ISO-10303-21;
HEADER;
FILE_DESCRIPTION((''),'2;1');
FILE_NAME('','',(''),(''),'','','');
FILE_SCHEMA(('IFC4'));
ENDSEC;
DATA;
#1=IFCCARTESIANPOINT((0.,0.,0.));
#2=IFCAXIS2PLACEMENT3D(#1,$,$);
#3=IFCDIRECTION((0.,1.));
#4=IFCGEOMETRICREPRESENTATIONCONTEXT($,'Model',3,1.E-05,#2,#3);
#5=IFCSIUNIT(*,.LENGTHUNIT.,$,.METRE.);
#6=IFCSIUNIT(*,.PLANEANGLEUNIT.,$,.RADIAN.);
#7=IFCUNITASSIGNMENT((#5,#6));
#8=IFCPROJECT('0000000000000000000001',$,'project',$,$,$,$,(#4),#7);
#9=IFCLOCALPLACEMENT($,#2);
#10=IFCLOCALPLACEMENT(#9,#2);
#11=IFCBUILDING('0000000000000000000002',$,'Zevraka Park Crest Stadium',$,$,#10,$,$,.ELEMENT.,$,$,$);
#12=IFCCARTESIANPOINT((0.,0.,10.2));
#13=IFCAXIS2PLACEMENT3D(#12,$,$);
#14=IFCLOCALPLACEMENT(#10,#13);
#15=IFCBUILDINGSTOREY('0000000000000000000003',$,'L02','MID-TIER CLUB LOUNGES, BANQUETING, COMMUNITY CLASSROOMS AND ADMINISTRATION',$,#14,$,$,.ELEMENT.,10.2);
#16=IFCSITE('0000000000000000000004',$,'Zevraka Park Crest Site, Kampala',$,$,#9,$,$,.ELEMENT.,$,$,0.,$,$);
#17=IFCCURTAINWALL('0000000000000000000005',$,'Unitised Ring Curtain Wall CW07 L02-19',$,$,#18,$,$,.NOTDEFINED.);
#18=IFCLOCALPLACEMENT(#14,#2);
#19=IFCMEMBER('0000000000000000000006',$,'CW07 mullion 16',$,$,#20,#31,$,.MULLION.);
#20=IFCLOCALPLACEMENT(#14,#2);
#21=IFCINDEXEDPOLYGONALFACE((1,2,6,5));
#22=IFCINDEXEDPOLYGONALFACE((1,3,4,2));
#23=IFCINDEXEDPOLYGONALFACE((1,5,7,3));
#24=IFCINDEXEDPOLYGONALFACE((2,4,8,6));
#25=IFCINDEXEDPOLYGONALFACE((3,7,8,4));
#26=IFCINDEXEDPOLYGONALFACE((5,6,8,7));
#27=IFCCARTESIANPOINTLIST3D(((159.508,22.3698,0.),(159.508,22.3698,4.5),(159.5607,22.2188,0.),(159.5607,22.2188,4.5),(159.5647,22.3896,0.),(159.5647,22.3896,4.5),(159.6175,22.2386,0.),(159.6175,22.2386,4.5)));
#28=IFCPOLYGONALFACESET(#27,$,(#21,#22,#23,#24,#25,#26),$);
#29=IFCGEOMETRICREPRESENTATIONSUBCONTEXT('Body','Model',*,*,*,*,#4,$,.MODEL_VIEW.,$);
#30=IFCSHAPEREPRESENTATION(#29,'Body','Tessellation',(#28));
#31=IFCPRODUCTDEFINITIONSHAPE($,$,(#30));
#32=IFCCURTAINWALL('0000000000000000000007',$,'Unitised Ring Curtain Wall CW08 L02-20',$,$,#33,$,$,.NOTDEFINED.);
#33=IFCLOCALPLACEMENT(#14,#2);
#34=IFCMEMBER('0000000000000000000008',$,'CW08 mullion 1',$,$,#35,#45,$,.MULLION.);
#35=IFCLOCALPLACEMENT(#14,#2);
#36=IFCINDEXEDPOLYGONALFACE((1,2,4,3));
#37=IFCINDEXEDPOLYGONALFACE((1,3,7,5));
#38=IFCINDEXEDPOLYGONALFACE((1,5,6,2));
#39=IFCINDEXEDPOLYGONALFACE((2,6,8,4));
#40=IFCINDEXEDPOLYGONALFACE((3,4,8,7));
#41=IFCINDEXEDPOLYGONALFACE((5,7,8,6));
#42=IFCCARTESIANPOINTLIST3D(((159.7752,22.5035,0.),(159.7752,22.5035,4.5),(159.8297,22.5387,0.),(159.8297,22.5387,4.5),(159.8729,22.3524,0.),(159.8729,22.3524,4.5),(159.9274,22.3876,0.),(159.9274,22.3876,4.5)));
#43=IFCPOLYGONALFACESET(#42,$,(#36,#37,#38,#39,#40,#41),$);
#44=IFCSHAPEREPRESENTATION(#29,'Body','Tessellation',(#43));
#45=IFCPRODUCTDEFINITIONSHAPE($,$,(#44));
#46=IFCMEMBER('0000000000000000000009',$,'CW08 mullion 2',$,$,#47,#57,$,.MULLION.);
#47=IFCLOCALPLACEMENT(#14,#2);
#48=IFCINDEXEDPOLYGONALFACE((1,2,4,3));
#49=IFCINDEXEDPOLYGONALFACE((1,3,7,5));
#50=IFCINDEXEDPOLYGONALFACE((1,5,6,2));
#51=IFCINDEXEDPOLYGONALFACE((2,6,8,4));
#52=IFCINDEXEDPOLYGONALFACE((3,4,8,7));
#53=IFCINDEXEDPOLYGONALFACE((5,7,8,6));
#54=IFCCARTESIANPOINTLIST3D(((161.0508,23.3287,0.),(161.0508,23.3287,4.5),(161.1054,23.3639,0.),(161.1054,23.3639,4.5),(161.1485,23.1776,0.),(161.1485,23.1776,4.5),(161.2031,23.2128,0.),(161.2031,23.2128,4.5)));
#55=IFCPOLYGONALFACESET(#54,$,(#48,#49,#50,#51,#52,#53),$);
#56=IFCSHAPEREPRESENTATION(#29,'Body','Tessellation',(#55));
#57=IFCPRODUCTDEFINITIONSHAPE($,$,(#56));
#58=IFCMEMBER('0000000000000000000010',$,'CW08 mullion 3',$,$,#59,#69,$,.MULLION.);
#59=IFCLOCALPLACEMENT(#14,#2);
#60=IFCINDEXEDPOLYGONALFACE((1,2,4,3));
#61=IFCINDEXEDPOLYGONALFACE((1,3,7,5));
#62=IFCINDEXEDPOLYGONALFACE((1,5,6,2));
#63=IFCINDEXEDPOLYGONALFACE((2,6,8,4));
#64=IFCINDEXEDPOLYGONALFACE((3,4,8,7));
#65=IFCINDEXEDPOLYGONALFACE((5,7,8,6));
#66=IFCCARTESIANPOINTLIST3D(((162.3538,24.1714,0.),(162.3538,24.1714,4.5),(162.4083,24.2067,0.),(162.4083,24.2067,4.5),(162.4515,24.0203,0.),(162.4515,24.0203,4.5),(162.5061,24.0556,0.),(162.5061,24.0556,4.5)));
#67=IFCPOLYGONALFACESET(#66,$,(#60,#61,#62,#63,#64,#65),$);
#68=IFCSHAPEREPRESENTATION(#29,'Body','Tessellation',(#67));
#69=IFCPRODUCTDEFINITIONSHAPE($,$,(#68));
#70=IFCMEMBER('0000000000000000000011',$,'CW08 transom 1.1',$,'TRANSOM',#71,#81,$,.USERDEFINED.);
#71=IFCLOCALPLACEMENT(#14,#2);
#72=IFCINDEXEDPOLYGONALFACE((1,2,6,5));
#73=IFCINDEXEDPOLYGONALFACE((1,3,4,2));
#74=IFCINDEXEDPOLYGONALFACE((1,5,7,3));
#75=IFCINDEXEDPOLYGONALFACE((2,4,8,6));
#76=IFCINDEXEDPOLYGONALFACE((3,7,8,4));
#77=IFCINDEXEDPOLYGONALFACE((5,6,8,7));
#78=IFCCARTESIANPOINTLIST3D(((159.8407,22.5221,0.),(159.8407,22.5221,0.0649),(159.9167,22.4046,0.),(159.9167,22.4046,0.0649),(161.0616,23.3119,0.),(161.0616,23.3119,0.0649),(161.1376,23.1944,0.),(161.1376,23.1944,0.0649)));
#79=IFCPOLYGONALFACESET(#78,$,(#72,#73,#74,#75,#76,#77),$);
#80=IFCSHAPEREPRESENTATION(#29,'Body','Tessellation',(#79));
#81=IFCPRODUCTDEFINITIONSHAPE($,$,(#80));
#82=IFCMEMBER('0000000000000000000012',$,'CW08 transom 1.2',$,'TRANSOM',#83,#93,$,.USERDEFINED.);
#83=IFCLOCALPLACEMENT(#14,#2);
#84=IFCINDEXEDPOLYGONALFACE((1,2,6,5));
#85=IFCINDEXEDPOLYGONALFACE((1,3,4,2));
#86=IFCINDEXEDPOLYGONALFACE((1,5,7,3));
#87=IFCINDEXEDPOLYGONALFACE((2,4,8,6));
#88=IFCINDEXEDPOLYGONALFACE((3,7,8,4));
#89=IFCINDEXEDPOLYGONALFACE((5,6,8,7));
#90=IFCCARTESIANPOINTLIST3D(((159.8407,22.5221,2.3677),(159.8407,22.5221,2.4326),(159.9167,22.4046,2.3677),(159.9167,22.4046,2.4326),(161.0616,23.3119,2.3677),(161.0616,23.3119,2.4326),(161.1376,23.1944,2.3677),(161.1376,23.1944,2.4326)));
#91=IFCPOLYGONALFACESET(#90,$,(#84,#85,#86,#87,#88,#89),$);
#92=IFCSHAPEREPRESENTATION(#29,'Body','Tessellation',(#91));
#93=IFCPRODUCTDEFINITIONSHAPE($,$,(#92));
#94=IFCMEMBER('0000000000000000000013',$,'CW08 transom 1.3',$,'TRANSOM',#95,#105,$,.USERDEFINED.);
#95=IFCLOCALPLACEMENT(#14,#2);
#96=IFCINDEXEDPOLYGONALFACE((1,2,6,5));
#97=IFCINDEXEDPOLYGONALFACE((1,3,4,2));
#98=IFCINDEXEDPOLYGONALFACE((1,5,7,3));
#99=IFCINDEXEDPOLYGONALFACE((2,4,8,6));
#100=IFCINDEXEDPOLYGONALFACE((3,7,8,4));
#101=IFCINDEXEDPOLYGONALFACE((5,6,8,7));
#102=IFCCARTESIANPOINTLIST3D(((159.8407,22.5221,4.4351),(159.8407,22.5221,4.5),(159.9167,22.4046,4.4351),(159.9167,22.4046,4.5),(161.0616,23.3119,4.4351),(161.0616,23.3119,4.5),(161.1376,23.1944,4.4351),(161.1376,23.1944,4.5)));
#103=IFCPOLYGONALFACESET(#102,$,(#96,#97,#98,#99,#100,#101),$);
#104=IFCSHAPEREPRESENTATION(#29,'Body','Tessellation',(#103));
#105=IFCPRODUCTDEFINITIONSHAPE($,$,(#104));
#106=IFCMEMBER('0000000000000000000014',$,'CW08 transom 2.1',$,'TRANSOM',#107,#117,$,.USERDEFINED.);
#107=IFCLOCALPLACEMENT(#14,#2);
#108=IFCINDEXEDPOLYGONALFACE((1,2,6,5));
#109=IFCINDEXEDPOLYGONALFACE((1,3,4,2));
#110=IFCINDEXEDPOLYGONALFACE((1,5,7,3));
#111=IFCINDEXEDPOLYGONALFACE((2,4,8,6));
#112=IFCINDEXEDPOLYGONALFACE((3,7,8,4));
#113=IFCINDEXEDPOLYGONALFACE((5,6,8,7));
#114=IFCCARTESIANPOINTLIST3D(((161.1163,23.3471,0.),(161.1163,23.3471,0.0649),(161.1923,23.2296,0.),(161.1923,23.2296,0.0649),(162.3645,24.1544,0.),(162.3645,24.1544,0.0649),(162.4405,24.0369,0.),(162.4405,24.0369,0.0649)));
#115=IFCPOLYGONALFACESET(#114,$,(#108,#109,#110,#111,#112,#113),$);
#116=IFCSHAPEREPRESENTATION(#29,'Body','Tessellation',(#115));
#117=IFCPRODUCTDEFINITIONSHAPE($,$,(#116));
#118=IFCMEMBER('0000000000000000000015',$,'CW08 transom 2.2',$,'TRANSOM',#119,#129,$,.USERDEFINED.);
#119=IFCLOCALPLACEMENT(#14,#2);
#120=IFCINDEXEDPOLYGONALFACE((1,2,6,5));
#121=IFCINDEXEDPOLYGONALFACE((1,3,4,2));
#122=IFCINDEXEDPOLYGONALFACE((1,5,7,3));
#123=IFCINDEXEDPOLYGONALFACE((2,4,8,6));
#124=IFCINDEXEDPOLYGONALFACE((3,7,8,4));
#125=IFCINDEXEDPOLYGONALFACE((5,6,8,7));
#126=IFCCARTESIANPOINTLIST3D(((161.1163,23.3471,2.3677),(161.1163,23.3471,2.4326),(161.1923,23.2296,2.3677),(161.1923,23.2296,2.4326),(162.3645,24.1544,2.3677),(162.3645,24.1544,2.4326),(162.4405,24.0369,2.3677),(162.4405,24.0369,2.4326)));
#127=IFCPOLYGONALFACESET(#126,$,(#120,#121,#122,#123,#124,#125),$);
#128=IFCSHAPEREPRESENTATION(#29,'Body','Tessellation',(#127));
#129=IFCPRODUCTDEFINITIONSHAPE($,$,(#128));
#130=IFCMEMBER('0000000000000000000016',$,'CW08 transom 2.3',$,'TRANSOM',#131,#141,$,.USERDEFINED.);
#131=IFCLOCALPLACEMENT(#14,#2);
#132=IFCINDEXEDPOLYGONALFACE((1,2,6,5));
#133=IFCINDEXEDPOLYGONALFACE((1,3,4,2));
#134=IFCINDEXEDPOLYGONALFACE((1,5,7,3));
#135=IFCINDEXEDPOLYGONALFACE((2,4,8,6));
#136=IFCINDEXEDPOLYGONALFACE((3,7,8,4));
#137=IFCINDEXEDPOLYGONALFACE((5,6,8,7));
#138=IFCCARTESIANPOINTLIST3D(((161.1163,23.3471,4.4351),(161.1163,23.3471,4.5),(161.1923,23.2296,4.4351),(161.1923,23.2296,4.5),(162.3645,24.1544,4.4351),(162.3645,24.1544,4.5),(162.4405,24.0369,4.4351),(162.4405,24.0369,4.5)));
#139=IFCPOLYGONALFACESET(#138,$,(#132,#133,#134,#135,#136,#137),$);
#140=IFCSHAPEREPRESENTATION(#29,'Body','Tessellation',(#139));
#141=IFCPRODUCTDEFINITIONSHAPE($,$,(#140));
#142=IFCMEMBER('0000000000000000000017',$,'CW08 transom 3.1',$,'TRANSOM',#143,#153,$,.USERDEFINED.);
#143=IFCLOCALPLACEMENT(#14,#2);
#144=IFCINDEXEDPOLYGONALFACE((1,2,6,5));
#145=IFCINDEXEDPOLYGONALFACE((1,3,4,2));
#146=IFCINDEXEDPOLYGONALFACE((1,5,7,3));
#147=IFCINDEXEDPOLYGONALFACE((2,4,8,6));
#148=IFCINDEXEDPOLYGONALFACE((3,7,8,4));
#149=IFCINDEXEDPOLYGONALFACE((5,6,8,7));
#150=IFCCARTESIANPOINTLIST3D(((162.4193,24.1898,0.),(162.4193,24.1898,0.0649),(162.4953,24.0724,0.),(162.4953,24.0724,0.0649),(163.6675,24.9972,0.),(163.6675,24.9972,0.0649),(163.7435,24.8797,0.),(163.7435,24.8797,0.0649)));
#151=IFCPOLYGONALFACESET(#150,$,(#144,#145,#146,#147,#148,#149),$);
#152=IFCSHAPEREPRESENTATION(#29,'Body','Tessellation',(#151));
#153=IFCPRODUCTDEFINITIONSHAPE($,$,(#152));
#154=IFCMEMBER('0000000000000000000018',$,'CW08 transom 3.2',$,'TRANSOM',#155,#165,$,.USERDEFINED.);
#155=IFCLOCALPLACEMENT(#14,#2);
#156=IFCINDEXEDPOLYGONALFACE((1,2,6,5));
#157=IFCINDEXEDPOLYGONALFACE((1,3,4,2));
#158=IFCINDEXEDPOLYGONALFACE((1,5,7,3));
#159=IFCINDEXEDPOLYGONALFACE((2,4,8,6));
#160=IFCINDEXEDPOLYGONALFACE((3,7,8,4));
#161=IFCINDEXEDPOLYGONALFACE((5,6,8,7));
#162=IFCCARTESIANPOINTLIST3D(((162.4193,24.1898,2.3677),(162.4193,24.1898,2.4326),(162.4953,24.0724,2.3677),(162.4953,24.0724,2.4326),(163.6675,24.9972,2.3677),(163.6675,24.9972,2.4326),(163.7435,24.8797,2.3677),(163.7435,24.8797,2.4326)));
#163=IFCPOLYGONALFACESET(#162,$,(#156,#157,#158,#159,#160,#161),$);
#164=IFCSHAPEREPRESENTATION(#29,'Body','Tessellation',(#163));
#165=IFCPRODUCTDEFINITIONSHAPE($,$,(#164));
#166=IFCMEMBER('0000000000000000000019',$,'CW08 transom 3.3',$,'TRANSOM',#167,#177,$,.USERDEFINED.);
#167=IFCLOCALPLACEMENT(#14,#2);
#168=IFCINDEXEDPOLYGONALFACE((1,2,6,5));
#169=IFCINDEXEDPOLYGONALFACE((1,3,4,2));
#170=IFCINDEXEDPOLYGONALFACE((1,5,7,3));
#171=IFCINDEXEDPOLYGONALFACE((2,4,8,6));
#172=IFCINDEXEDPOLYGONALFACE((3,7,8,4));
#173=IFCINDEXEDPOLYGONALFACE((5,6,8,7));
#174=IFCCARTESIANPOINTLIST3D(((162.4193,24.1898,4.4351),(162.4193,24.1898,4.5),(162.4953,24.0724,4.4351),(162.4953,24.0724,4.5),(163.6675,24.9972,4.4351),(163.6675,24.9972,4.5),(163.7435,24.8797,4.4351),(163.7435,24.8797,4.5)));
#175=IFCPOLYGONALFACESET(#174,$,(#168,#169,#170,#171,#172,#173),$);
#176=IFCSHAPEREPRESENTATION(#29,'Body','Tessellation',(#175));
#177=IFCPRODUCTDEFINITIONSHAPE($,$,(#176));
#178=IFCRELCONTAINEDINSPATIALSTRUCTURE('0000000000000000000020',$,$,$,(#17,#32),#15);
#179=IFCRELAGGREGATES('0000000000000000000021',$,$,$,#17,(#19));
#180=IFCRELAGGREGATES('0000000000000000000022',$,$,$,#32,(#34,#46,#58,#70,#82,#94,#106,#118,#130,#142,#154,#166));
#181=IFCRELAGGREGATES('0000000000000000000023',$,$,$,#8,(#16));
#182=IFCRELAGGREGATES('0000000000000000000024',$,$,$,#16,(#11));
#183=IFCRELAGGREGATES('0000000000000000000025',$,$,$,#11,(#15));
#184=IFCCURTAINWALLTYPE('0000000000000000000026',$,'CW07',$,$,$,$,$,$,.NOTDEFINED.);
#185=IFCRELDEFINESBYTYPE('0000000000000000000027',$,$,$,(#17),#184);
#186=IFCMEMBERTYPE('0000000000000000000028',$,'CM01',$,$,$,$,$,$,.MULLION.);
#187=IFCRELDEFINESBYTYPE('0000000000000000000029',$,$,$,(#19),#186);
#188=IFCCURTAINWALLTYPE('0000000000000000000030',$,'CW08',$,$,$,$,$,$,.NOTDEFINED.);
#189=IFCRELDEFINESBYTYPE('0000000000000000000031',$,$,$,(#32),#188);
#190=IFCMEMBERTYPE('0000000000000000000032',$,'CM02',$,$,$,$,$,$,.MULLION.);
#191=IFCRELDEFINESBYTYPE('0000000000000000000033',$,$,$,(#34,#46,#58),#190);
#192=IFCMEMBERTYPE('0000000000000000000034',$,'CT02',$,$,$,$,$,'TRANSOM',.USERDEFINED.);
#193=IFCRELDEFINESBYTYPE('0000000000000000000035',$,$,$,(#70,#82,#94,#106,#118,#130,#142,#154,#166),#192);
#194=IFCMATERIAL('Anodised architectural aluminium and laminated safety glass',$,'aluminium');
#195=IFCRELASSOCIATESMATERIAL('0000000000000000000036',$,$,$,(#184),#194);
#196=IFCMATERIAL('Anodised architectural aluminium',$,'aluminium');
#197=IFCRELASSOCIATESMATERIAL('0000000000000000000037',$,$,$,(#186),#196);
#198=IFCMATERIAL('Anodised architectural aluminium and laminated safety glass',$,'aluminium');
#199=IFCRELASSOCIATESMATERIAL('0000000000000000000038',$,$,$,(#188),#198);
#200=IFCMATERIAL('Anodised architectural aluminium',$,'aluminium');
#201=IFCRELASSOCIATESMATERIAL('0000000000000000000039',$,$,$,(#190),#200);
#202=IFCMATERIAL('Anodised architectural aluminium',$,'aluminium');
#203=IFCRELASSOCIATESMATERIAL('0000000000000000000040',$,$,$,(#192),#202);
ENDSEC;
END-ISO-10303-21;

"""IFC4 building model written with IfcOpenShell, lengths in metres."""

from ifc_helpers import new_model, si_unit, direction, frame, origin, origin_2d, place, context, subcontext, project, spatial, rectangle, extrude, material, material_profile, profile_set, type_object, element, aggregate, save


model = new_model("IFC4")

# Units and contexts
model_context = context("Model", 3, precision=1e-05, world=origin(), true_north=direction((0.0, 1.0)))
body_context = subcontext(model_context, "Body", "Model", "MODEL_VIEW")
ifc_project = project(units=[si_unit("LENGTHUNIT", "METRE"), si_unit("PLANEANGLEUNIT", "RADIAN")], contexts=[model_context])

# Site, building, storey
site_placement = place(None, origin())
site = spatial("IfcSite", under=ifc_project, at=site_placement, Name="Zevraka Park Crest Site, Kampala", CompositionType="ELEMENT", RefElevation=0.0)
building_placement = place(site_placement, origin())
building = spatial("IfcBuilding", under=site, at=building_placement, Name="Zevraka Park Crest Stadium", CompositionType="ELEMENT")
storey_placement = place(building_placement, frame((0.0, 0.0, 10.2)))
storey = spatial("IfcBuildingStorey", under=building, at=storey_placement, Name="L02", Description="MID-TIER CLUB LOUNGES, BANQUETING, COMMUNITY CLASSROOMS AND ADMINISTRATION", CompositionType="ELEMENT", Elevation=10.2)

# Curtain wall, member
ifc_material_1 = material(Name="Anodised architectural aluminium and laminated safety glass", Category="aluminium")
curtain_wall_type_1 = type_object("IfcCurtainWallType", Name="CW07", PredefinedType="NOTDEFINED", material=ifc_material_1)
curtain_wall_1_placement = place(storey_placement, origin())
curtain_wall_1 = element("IfcCurtainWall", 1, at=curtain_wall_1_placement, inside=storey, type_object=curtain_wall_type_1, Name="Unitised Ring Curtain Wall CW07 L02-19", PredefinedType="NOTDEFINED")
ifc_material_2 = material(Name="Anodised architectural aluminium", Category="aluminium")
ifc_material_profile_1 = material_profile(ifc_material_2, rectangle(XDim=0.1599, YDim=0.0601, at=origin_2d()), Name="ALU MULLION 160x60")
ifc_profile_set_1 = profile_set([ifc_material_profile_1], Name="Anodised architectural aluminium")
member_type_1 = type_object("IfcMemberType", Name="CM01", PredefinedType="MULLION", material=ifc_profile_set_1)
member_1_placement = place(storey_placement, frame((159.5627, 22.3042, 0.0), z_axis=(0.0, 0.0, 1.0), x_axis=(-0.329619, 0.944114, 0.0)))
member_1 = element("IfcMember", 2, at=member_1_placement, type_object=member_type_1, Name="CW07 mullion 16", PredefinedType="MULLION", context=body_context, shape_type="SweptSolid", body=[
    extrude(rectangle(XDim=0.1599, YDim=0.0601, at=origin_2d()), origin(), (0.0, 0.0, 1.0), 4.5),
])
aggregate(curtain_wall_1, [member_1])

# Curtain wall, members
ifc_material_3 = material(Name="Anodised architectural aluminium and laminated safety glass", Category="aluminium")
curtain_wall_type_2 = type_object("IfcCurtainWallType", Name="CW08", PredefinedType="NOTDEFINED", material=ifc_material_3)
curtain_wall_2_placement = place(storey_placement, origin())
curtain_wall_2 = element("IfcCurtainWall", 3, at=curtain_wall_2_placement, inside=storey, type_object=curtain_wall_type_2, Name="Unitised Ring Curtain Wall CW08 L02-20", PredefinedType="NOTDEFINED")
ifc_material_4 = material(Name="Anodised architectural aluminium", Category="aluminium")
ifc_material_profile_2 = material_profile(ifc_material_4, rectangle(XDim=0.1799, YDim=0.0649, at=origin_2d()), Name="ALU MULLION 180x65")
ifc_profile_set_2 = profile_set([ifc_material_profile_2], Name="Anodised architectural aluminium")
member_type_2 = type_object("IfcMemberType", Name="CM02", PredefinedType="MULLION", material=ifc_profile_set_2)
member_2_placement = place(storey_placement, frame((159.8513, 22.4456, 0.0), z_axis=(0.0, 0.0, 1.0), x_axis=(-0.543096, 0.83967, 0.0)))
member_2 = element("IfcMember", 4, at=member_2_placement, type_object=member_type_2, Name="CW08 mullion 1", PredefinedType="MULLION", context=body_context, shape_type="SweptSolid", body=[
    extrude(rectangle(XDim=0.1799, YDim=0.0649, at=origin_2d()), origin(), (0.0, 0.0, 1.0), 4.5),
])
member_3_placement = place(storey_placement, frame((161.127, 23.2708, 0.0), z_axis=(0.0, 0.0, 1.0), x_axis=(-0.543096, 0.83967, 0.0)))
member_3 = element("IfcMember", 5, at=member_3_placement, type_object=member_type_2, Name="CW08 mullion 2", PredefinedType="MULLION", context=body_context, shape_type="SweptSolid", body=[
    extrude(rectangle(XDim=0.1799, YDim=0.0649, at=origin_2d()), origin(), (0.0, 0.0, 1.0), 4.5),
])
member_4_placement = place(storey_placement, frame((162.4299, 24.1135, 0.0), z_axis=(0.0, 0.0, 1.0), x_axis=(-0.543096, 0.83967, 0.0)))
member_4 = element("IfcMember", 6, at=member_4_placement, type_object=member_type_2, Name="CW08 mullion 3", PredefinedType="MULLION", context=body_context, shape_type="SweptSolid", body=[
    extrude(rectangle(XDim=0.1799, YDim=0.0649, at=origin_2d()), origin(), (0.0, 0.0, 1.0), 4.5),
])
ifc_material_5 = material(Name="Anodised architectural aluminium", Category="aluminium")
ifc_material_profile_3 = material_profile(ifc_material_5, rectangle(XDim=0.1399, YDim=0.0649, at=origin_2d()), Name="ALU TRANSOM 140x65")
ifc_profile_set_3 = profile_set([ifc_material_profile_3], Name="Anodised architectural aluminium")
member_type_3 = type_object("IfcMemberType", Name="CT02", ElementType="TRANSOM", PredefinedType="USERDEFINED", material=ifc_profile_set_3)
member_5_placement = place(storey_placement, frame((159.8787, 22.4634, 0.0325), z_axis=(0.839642, 0.54314, 0.0), x_axis=(-0.54314, 0.839642, 0.0)))
member_5 = element("IfcMember", 7, at=member_5_placement, type_object=member_type_3, Name="CW08 transom 1.1", ObjectType="TRANSOM", PredefinedType="USERDEFINED", context=body_context, shape_type="SweptSolid", body=[
    extrude(rectangle(XDim=0.1399, YDim=0.0649, at=origin_2d()), origin(), (0.0, 0.0, 1.0), 1.4541),
])
member_6_placement = place(storey_placement, frame((159.8787, 22.4634, 2.4001), z_axis=(0.839642, 0.54314, 0.0), x_axis=(-0.54314, 0.839642, 0.0)))
member_6 = element("IfcMember", 8, at=member_6_placement, type_object=member_type_3, Name="CW08 transom 1.2", ObjectType="TRANSOM", PredefinedType="USERDEFINED", context=body_context, shape_type="SweptSolid", body=[
    extrude(rectangle(XDim=0.1399, YDim=0.0649, at=origin_2d()), origin(), (0.0, 0.0, 1.0), 1.4541),
])
member_7_placement = place(storey_placement, frame((159.8787, 22.4634, 4.4675), z_axis=(0.839642, 0.54314, 0.0), x_axis=(-0.54314, 0.839642, 0.0)))
member_7 = element("IfcMember", 9, at=member_7_placement, type_object=member_type_3, Name="CW08 transom 1.3", ObjectType="TRANSOM", PredefinedType="USERDEFINED", context=body_context, shape_type="SweptSolid", body=[
    extrude(rectangle(XDim=0.1399, YDim=0.0649, at=origin_2d()), origin(), (0.0, 0.0, 1.0), 1.4541),
])
member_8_placement = place(storey_placement, frame((161.1543, 23.2883, 0.0325), z_axis=(0.839676, 0.543088, 0.0), x_axis=(-0.543088, 0.839676, 0.0)))
member_8 = element("IfcMember", 10, at=member_8_placement, type_object=member_type_3, Name="CW08 transom 2.1", ObjectType="TRANSOM", PredefinedType="USERDEFINED", context=body_context, shape_type="SweptSolid", body=[
    extrude(rectangle(XDim=0.1399, YDim=0.0649, at=origin_2d()), origin(), (0.0, 0.0, 1.0), 1.4866),
])
member_9_placement = place(storey_placement, frame((161.1543, 23.2883, 2.4001), z_axis=(0.839676, 0.543088, 0.0), x_axis=(-0.543088, 0.839676, 0.0)))
member_9 = element("IfcMember", 11, at=member_9_placement, type_object=member_type_3, Name="CW08 transom 2.2", ObjectType="TRANSOM", PredefinedType="USERDEFINED", context=body_context, shape_type="SweptSolid", body=[
    extrude(rectangle(XDim=0.1399, YDim=0.0649, at=origin_2d()), origin(), (0.0, 0.0, 1.0), 1.4866),
])
member_10_placement = place(storey_placement, frame((161.1543, 23.2883, 4.4675), z_axis=(0.839676, 0.543088, 0.0), x_axis=(-0.543088, 0.839676, 0.0)))
member_10 = element("IfcMember", 12, at=member_10_placement, type_object=member_type_3, Name="CW08 transom 2.3", ObjectType="TRANSOM", PredefinedType="USERDEFINED", context=body_context, shape_type="SweptSolid", body=[
    extrude(rectangle(XDim=0.1399, YDim=0.0649, at=origin_2d()), origin(), (0.0, 0.0, 1.0), 1.4866),
])
member_11_placement = place(storey_placement, frame((162.4573, 24.1311, 0.0325), z_axis=(0.839676, 0.543088, 0.0), x_axis=(-0.543088, 0.839676, 0.0)))
member_11 = element("IfcMember", 13, at=member_11_placement, type_object=member_type_3, Name="CW08 transom 3.1", ObjectType="TRANSOM", PredefinedType="USERDEFINED", context=body_context, shape_type="SweptSolid", body=[
    extrude(rectangle(XDim=0.1399, YDim=0.0649, at=origin_2d()), origin(), (0.0, 0.0, 1.0), 1.4866),
])
member_12_placement = place(storey_placement, frame((162.4573, 24.1311, 2.4001), z_axis=(0.839676, 0.543088, 0.0), x_axis=(-0.543088, 0.839676, 0.0)))
member_12 = element("IfcMember", 14, at=member_12_placement, type_object=member_type_3, Name="CW08 transom 3.2", ObjectType="TRANSOM", PredefinedType="USERDEFINED", context=body_context, shape_type="SweptSolid", body=[
    extrude(rectangle(XDim=0.1399, YDim=0.0649, at=origin_2d()), origin(), (0.0, 0.0, 1.0), 1.4866),
])
member_13_placement = place(storey_placement, frame((162.4573, 24.1311, 4.4675), z_axis=(0.839676, 0.543088, 0.0), x_axis=(-0.543088, 0.839676, 0.0)))
member_13 = element("IfcMember", 15, at=member_13_placement, type_object=member_type_3, Name="CW08 transom 3.3", ObjectType="TRANSOM", PredefinedType="USERDEFINED", context=body_context, shape_type="SweptSolid", body=[
    extrude(rectangle(XDim=0.1399, YDim=0.0649, at=origin_2d()), origin(), (0.0, 0.0, 1.0), 1.4866),
])

aggregate(curtain_wall_2, [member_2, member_3, member_4, member_5, member_6, member_7, member_8, member_9, member_10, member_11, member_12, member_13])

save(model, "model.ifc")
